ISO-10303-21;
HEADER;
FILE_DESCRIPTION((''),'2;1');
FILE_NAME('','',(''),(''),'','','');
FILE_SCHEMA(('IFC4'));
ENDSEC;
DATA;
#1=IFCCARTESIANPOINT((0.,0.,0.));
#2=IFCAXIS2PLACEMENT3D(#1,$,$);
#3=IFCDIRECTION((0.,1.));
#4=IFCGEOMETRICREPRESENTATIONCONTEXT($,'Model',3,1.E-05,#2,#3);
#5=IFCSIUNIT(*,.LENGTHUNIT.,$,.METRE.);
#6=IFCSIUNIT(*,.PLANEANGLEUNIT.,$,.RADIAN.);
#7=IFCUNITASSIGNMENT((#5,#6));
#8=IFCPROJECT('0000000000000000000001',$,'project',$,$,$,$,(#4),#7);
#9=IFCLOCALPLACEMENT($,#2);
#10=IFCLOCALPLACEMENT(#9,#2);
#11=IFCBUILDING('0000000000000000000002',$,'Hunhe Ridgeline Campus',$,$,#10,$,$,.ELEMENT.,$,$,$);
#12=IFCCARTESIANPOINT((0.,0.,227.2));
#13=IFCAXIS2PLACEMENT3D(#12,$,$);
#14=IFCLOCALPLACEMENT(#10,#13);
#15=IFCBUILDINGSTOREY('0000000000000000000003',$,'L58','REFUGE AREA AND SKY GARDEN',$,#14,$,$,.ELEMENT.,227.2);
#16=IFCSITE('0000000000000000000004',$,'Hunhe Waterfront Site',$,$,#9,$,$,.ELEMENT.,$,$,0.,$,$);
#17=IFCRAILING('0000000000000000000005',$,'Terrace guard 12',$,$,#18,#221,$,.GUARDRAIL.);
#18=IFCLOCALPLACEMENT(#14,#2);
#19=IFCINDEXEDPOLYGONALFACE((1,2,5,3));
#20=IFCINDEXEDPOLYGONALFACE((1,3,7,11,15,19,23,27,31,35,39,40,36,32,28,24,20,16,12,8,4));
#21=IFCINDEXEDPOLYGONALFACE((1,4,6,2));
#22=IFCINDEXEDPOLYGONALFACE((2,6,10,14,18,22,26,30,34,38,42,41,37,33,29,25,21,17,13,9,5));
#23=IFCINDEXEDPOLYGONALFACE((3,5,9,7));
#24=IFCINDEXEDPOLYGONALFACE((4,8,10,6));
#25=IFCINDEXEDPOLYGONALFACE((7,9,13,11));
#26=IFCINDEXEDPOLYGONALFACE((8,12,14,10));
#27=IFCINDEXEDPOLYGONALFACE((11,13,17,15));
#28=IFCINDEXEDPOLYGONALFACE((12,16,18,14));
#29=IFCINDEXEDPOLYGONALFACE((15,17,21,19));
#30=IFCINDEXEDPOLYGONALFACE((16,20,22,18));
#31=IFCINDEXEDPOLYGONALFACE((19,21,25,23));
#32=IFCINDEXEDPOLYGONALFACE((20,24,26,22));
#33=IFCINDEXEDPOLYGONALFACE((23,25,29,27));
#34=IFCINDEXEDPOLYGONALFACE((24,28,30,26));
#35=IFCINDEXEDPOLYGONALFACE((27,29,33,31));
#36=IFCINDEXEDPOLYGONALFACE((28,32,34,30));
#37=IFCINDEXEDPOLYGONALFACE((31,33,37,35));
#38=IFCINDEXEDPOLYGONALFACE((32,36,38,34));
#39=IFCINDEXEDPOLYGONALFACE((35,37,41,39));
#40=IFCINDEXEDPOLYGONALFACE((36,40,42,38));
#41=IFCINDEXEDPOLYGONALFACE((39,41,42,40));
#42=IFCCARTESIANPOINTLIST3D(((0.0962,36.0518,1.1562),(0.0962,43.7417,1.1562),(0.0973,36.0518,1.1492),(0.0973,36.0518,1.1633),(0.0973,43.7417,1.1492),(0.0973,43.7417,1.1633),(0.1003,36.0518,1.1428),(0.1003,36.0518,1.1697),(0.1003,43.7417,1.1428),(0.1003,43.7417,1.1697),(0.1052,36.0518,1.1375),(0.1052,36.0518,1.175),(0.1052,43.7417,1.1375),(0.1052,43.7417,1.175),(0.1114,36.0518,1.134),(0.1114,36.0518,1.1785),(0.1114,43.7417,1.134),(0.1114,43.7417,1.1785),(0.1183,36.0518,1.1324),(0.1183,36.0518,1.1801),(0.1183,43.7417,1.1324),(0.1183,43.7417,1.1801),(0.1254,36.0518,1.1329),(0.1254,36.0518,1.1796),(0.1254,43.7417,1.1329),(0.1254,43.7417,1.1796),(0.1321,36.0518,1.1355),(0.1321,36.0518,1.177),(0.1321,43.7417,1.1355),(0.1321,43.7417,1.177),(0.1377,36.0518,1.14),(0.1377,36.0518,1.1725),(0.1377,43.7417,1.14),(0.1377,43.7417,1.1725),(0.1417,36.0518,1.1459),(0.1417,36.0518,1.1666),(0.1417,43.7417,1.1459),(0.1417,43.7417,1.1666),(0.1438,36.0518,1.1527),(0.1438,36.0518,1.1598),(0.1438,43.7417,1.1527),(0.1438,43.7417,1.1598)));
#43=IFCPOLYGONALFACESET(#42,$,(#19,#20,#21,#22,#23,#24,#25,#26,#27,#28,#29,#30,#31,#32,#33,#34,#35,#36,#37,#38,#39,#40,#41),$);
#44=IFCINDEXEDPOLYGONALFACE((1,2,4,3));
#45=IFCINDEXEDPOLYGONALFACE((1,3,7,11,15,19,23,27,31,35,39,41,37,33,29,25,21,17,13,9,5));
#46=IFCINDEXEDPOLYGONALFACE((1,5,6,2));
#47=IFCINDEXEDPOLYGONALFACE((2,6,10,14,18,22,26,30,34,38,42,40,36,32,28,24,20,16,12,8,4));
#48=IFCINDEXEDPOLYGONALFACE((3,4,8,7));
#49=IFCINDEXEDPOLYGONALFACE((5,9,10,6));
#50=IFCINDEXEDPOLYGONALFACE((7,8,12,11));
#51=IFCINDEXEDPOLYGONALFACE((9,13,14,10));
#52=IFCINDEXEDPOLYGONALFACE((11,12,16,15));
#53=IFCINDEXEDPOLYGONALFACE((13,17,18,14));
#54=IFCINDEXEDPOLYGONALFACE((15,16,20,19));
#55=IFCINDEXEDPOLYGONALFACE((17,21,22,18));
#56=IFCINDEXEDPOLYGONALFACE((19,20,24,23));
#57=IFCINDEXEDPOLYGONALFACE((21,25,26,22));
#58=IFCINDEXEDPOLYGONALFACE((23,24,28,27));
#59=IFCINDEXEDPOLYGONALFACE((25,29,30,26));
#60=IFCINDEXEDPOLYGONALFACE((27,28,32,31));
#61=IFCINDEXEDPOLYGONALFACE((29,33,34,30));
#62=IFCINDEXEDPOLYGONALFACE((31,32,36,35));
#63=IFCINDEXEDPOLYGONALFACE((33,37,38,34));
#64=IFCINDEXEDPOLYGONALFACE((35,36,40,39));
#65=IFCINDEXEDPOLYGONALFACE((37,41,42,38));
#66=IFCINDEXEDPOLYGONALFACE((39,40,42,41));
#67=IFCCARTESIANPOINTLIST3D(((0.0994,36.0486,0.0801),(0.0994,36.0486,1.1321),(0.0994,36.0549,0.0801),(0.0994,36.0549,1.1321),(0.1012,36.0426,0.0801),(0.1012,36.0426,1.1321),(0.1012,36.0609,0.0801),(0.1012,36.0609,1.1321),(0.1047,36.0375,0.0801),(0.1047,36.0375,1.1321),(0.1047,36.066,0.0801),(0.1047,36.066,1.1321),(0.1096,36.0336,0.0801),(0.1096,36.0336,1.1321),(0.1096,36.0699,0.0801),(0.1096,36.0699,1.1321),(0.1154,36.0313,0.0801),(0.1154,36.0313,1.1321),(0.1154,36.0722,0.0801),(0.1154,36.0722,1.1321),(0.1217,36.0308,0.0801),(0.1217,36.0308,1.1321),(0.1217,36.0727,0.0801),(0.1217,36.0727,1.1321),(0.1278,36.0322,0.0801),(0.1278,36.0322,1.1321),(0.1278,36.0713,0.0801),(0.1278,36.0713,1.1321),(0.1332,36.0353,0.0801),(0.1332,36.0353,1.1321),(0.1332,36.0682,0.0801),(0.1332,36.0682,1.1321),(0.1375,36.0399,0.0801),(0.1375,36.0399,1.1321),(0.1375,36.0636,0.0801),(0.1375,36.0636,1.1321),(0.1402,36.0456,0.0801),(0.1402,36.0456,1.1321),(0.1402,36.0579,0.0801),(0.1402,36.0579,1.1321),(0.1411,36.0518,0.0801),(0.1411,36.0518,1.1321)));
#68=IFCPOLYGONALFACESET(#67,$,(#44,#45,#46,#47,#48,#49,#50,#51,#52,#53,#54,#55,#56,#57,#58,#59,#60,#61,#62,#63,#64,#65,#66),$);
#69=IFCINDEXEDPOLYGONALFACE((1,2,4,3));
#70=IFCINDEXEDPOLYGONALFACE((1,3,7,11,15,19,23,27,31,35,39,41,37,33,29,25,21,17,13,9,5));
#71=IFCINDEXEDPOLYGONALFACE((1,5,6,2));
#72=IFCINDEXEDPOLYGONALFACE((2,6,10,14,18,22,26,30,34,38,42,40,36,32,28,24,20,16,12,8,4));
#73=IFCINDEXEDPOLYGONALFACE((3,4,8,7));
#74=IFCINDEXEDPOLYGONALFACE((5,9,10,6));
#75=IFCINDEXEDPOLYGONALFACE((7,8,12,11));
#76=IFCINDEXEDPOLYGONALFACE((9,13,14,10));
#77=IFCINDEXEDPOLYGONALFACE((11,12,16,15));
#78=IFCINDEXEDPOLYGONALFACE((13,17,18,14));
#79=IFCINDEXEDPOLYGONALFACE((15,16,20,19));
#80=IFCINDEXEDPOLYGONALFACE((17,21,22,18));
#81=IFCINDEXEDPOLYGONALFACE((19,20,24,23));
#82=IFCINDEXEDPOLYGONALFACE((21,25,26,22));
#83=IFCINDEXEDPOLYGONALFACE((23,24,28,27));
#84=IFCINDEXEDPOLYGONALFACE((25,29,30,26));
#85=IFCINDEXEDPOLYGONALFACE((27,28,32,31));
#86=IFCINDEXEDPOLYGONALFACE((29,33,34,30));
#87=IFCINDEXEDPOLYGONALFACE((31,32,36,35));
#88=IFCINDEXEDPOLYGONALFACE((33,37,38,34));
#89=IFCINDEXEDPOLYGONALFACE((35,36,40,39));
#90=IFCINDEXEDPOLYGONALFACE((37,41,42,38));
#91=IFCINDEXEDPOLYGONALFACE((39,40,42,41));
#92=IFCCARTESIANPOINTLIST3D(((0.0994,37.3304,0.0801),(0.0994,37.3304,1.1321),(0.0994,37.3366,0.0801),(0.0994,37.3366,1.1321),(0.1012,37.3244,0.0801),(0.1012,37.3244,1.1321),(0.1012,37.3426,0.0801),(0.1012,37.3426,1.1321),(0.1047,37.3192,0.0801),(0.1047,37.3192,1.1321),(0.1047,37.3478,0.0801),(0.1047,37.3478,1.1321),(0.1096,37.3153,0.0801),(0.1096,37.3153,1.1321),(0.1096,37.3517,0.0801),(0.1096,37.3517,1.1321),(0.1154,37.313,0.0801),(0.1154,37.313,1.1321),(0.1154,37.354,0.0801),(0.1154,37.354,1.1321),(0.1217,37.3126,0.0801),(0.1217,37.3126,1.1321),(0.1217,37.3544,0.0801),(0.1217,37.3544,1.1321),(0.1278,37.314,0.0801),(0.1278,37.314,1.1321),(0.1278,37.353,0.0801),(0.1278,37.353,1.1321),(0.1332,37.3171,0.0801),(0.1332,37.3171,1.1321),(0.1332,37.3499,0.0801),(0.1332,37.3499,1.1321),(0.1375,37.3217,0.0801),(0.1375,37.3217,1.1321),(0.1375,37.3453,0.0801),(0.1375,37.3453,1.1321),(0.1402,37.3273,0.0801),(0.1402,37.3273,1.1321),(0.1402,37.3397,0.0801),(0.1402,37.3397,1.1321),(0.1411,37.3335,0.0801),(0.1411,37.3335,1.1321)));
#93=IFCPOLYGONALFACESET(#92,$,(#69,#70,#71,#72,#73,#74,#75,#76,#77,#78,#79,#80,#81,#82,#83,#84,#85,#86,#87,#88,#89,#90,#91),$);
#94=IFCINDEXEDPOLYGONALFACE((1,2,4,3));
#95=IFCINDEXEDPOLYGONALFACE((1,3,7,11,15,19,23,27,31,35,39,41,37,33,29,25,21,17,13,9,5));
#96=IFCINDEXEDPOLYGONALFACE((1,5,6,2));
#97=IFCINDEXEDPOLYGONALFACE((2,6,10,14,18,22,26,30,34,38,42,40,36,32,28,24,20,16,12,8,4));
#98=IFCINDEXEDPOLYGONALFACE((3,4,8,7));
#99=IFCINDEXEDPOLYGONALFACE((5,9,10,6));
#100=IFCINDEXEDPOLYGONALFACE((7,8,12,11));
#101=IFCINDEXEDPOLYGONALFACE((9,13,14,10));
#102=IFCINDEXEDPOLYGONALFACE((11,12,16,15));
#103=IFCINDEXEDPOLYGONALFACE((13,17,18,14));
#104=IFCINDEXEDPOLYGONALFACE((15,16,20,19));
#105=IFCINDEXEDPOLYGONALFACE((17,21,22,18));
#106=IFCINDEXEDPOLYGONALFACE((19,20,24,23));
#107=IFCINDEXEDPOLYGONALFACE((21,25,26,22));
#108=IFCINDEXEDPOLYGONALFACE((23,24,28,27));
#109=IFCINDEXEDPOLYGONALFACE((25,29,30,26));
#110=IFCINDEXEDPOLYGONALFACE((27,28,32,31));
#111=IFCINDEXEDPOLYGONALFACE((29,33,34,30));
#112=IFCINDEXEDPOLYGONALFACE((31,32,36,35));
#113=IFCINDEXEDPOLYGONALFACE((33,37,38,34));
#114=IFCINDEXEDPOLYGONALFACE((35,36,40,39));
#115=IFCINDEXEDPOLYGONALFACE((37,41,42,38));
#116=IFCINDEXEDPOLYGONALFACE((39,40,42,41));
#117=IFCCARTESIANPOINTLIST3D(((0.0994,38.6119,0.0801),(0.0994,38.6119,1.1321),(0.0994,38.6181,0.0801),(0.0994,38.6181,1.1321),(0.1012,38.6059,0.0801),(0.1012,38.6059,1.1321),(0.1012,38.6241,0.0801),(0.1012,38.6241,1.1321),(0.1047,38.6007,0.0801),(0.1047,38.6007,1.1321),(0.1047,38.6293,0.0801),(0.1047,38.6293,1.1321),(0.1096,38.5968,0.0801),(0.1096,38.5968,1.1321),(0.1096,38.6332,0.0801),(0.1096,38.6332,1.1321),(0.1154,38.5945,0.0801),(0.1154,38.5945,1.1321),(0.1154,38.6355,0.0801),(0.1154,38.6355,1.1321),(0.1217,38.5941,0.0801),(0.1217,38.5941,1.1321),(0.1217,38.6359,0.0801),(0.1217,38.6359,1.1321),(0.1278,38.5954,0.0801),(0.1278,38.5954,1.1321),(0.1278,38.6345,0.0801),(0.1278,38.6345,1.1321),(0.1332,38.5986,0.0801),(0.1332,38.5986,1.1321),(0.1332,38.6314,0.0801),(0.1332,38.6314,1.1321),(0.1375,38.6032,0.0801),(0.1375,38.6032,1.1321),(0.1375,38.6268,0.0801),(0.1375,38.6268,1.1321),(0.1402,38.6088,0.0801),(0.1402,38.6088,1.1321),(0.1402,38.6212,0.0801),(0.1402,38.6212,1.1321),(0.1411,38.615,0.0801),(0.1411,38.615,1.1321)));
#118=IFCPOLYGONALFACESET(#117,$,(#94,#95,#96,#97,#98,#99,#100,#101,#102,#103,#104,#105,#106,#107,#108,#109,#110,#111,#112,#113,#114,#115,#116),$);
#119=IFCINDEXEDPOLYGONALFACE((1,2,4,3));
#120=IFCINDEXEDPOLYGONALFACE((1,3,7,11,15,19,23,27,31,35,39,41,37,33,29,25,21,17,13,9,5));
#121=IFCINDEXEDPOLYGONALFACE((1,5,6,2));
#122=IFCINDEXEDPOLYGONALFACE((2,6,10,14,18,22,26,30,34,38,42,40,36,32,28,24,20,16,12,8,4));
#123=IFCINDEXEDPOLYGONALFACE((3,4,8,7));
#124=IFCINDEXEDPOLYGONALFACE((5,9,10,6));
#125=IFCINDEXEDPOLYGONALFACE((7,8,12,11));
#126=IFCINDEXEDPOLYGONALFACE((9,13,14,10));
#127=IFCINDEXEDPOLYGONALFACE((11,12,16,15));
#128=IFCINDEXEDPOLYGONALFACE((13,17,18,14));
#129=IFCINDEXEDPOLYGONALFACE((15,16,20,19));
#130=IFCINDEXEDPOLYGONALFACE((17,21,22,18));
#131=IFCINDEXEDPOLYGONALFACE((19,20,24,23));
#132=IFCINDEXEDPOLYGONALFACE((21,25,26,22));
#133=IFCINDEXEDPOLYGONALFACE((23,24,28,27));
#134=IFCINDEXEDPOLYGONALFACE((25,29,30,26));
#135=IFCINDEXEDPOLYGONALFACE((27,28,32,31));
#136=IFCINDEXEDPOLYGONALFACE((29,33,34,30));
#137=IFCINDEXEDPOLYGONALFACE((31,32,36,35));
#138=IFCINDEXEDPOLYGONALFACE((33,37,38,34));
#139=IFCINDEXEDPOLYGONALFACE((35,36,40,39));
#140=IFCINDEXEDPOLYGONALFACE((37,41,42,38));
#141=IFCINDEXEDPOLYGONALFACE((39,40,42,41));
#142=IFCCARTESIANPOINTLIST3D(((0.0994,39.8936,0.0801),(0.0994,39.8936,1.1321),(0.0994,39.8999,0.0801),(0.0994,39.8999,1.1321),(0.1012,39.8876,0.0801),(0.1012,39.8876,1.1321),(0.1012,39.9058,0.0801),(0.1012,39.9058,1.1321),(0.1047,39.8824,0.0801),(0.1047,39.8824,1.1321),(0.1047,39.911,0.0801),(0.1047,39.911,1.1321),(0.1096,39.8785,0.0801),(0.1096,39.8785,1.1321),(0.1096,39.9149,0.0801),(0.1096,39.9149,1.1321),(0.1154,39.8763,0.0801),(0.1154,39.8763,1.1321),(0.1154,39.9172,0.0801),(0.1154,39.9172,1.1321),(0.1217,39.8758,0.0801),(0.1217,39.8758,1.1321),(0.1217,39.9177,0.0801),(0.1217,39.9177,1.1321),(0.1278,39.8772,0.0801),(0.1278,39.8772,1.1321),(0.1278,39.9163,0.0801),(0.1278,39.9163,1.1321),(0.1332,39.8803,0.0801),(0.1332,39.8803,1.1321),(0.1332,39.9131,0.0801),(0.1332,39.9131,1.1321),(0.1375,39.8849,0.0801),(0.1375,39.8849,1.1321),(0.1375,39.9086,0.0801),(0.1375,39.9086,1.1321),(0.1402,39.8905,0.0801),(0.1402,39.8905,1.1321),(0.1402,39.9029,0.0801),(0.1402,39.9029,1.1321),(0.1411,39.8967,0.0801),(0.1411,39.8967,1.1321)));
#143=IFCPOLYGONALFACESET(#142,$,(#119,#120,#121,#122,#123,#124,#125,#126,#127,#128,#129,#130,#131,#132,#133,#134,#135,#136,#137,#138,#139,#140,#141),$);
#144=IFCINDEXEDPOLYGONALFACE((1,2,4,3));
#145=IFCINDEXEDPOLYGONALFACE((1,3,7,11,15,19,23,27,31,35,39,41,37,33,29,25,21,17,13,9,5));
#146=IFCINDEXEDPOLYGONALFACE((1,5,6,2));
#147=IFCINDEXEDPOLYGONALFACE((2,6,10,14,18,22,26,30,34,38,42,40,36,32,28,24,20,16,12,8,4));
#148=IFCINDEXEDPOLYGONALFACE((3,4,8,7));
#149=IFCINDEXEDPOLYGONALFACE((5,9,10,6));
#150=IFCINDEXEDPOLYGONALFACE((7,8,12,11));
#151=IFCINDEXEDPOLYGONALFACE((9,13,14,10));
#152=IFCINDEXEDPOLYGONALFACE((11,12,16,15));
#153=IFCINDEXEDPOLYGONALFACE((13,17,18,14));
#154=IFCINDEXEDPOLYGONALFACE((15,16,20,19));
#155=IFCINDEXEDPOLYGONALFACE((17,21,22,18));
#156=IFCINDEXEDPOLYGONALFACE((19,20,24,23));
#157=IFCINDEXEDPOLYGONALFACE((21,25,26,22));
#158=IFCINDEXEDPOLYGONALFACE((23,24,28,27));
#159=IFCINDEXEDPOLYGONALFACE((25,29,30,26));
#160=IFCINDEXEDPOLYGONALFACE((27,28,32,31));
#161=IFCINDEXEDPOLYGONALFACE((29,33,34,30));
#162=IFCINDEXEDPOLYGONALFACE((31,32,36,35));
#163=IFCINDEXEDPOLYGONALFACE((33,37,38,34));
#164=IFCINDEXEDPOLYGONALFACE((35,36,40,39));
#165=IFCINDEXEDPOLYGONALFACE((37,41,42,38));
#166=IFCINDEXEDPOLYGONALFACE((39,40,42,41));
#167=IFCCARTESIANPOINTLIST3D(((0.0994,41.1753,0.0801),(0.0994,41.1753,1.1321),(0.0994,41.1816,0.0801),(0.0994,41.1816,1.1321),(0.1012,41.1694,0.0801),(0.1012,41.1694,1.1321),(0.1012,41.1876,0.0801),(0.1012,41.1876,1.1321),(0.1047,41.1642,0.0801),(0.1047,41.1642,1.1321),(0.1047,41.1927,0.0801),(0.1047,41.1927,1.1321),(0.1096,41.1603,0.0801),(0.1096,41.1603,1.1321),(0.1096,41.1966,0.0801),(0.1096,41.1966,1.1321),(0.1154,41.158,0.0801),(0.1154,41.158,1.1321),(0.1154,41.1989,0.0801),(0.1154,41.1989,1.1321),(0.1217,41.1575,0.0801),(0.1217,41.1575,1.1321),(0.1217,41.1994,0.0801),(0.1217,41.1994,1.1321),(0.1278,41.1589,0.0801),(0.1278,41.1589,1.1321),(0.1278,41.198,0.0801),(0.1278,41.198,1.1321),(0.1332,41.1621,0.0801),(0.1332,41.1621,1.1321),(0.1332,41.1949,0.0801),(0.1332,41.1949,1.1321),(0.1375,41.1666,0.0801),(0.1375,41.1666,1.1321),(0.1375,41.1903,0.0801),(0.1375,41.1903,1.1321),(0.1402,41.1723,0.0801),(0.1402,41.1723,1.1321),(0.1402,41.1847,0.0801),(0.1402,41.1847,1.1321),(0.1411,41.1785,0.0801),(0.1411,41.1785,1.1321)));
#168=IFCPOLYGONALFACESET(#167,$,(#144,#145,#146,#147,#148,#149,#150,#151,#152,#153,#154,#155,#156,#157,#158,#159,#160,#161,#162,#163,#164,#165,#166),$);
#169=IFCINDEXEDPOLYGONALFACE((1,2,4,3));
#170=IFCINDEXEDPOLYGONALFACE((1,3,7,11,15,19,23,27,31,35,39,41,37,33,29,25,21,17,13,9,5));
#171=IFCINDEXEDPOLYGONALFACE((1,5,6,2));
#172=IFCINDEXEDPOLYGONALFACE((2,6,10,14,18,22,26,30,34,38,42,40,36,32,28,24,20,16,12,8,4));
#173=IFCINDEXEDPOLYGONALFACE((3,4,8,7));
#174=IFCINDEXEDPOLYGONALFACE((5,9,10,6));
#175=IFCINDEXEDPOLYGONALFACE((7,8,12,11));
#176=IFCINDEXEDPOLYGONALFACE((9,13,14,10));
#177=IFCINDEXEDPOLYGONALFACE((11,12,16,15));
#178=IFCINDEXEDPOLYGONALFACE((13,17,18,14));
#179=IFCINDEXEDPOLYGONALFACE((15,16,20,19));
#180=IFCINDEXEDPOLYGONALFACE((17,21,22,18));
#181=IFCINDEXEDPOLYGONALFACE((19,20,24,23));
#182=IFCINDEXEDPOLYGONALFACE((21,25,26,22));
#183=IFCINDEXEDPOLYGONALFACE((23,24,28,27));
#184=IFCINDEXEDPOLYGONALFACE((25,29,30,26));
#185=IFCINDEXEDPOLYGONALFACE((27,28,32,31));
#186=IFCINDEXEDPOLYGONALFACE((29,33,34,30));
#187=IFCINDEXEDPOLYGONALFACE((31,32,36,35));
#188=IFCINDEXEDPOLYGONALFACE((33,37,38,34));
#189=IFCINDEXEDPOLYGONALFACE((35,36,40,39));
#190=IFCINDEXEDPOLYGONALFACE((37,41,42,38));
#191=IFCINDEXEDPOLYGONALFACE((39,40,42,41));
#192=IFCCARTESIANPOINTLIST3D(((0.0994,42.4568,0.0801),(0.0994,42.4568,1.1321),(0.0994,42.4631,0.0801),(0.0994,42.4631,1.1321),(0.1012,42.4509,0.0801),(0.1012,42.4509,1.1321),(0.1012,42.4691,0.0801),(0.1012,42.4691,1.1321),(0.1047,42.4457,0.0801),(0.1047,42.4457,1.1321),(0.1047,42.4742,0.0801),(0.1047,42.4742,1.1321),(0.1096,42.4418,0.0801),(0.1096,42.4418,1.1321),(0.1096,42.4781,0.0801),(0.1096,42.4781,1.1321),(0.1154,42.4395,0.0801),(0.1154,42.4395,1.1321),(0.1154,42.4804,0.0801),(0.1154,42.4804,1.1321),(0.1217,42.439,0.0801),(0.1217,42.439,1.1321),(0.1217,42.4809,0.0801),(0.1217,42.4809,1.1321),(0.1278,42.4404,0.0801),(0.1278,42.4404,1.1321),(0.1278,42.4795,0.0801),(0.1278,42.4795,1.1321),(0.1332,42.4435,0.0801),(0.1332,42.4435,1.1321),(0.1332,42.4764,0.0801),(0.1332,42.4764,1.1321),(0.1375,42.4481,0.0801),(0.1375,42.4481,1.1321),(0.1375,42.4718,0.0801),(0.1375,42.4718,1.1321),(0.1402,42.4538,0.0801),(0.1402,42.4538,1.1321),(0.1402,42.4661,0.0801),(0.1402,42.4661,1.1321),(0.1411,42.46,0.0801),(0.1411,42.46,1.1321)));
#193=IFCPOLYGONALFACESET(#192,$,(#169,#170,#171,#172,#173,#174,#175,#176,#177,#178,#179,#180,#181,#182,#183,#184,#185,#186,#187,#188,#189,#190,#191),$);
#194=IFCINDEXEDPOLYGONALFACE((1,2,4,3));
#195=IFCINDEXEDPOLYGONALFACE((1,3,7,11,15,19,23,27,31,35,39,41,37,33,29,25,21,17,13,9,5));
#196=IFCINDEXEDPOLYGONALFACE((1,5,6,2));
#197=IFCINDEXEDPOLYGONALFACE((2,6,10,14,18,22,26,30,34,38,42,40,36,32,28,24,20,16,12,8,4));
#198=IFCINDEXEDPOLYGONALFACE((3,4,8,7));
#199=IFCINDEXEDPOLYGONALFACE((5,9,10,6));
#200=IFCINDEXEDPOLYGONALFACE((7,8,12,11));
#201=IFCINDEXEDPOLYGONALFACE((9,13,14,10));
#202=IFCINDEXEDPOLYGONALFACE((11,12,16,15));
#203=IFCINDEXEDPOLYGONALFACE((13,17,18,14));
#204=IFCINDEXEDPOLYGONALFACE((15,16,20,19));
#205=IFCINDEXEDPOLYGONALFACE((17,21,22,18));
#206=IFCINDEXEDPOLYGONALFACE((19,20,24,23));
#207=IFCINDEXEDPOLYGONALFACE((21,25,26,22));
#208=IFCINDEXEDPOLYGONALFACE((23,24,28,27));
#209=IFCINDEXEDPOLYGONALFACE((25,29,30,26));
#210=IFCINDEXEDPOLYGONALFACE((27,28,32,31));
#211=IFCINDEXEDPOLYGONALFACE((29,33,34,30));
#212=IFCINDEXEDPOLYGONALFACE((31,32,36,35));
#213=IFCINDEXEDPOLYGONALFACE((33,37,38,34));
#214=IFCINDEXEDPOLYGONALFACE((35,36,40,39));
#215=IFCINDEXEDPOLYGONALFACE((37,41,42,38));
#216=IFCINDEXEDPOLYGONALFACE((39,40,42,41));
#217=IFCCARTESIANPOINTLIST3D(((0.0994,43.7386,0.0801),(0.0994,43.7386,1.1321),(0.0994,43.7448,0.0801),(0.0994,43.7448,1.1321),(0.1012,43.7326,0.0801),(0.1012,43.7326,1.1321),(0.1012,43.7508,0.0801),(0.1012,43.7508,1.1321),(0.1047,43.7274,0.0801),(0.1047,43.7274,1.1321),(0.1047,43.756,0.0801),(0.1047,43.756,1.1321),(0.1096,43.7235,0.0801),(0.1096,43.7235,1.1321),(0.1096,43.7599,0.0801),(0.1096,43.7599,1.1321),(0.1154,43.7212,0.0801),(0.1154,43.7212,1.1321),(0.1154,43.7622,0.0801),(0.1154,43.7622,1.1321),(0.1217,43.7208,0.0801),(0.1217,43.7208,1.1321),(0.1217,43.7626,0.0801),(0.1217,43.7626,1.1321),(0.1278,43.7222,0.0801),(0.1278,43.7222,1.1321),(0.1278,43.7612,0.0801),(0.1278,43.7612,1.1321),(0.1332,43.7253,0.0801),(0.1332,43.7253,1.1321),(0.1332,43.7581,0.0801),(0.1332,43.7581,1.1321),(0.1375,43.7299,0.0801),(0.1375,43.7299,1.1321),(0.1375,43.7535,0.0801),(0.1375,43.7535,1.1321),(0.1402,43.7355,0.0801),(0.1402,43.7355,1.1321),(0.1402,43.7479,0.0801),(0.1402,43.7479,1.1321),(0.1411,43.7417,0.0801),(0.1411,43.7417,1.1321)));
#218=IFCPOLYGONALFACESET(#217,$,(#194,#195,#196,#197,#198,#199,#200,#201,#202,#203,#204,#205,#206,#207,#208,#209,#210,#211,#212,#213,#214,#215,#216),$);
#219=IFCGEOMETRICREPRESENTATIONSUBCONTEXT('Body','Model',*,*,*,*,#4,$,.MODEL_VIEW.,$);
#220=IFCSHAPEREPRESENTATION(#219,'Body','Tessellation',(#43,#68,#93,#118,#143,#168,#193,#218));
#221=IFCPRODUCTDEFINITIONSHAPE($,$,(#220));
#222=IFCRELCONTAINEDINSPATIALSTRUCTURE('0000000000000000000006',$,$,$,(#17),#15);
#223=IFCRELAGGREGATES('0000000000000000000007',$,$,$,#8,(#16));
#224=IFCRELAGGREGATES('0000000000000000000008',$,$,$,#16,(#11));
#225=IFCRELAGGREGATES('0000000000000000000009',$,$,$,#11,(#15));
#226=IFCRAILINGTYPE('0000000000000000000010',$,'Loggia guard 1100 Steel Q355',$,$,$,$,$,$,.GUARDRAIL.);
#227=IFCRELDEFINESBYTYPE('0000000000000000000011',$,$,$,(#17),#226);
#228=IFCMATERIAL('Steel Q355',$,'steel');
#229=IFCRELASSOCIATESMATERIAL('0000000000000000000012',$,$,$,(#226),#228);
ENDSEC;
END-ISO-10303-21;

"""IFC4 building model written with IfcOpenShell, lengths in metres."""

from ifc_helpers import new_model, si_unit, direction, frame, origin, origin_2d, place, context, subcontext, project, spatial, circle, extrude, material, type_object, element, save


model = new_model("IFC4")

# Units and contexts
model_context = context("Model", 3, precision=1e-05, world=origin(), true_north=direction((0.0, 1.0)))
body_context = subcontext(model_context, "Body", "Model", "MODEL_VIEW")
ifc_project = project(units=[si_unit("LENGTHUNIT", "METRE"), si_unit("PLANEANGLEUNIT", "RADIAN")], contexts=[model_context])

# Site, building, storey
site_placement = place(None, origin())
site = spatial("IfcSite", under=ifc_project, at=site_placement, Name="Hunhe Waterfront Site", CompositionType="ELEMENT", RefElevation=0.0)
building_placement = place(site_placement, origin())
building = spatial("IfcBuilding", under=site, at=building_placement, Name="Hunhe Ridgeline Campus", CompositionType="ELEMENT")
storey_placement = place(building_placement, frame((0.0, 0.0, 227.2)))
storey = spatial("IfcBuildingStorey", under=building, at=storey_placement, Name="L58", Description="REFUGE AREA AND SKY GARDEN", CompositionType="ELEMENT", Elevation=227.2)

# Railing
ifc_material_1 = material(Name="Steel Q355", Category="steel")
railing_type = type_object("IfcRailingType", Name="Loggia guard 1100 Steel Q355", PredefinedType="GUARDRAIL", material=ifc_material_1)
railing_1_placement = place(storey_placement, frame((0.1201, 36.0518, 0.0801)))
element("IfcRailing", 1, at=railing_1_placement, inside=storey, type_object=railing_type, Name="Terrace guard 12", PredefinedType="GUARDRAIL", context=body_context, shape_type="SweptSolid", body=[
    extrude(circle(Radius=0.0239, at=origin_2d()), frame((0.0, 0.0, 1.0762), z_axis=(0.0, 1.0, 0.0), x_axis=(-1.0, 0.0, 0.0)), (0.0, 0.0, 1.0), 7.6899),
    extrude(circle(Radius=0.021, at=origin_2d()), origin(), (0.0, 0.0, 1.0), 1.052),
    extrude(circle(Radius=0.021, at=origin_2d()), frame((0.0, 1.2817, 0.0)), (0.0, 0.0, 1.0), 1.052),
    extrude(circle(Radius=0.021, at=origin_2d()), frame((0.0, 2.5632, 0.0)), (0.0, 0.0, 1.0), 1.052),
    extrude(circle(Radius=0.021, at=origin_2d()), frame((0.0, 3.845, 0.0)), (0.0, 0.0, 1.0), 1.052),
    extrude(circle(Radius=0.021, at=origin_2d()), frame((0.0, 5.1267, 0.0)), (0.0, 0.0, 1.0), 1.052),
    extrude(circle(Radius=0.021, at=origin_2d()), frame((0.0, 6.4082, 0.0)), (0.0, 0.0, 1.0), 1.052),
    extrude(circle(Radius=0.021, at=origin_2d()), frame((0.0, 7.6899, 0.0)), (0.0, 0.0, 1.0), 1.052),
])

save(model, "model.ifc")
